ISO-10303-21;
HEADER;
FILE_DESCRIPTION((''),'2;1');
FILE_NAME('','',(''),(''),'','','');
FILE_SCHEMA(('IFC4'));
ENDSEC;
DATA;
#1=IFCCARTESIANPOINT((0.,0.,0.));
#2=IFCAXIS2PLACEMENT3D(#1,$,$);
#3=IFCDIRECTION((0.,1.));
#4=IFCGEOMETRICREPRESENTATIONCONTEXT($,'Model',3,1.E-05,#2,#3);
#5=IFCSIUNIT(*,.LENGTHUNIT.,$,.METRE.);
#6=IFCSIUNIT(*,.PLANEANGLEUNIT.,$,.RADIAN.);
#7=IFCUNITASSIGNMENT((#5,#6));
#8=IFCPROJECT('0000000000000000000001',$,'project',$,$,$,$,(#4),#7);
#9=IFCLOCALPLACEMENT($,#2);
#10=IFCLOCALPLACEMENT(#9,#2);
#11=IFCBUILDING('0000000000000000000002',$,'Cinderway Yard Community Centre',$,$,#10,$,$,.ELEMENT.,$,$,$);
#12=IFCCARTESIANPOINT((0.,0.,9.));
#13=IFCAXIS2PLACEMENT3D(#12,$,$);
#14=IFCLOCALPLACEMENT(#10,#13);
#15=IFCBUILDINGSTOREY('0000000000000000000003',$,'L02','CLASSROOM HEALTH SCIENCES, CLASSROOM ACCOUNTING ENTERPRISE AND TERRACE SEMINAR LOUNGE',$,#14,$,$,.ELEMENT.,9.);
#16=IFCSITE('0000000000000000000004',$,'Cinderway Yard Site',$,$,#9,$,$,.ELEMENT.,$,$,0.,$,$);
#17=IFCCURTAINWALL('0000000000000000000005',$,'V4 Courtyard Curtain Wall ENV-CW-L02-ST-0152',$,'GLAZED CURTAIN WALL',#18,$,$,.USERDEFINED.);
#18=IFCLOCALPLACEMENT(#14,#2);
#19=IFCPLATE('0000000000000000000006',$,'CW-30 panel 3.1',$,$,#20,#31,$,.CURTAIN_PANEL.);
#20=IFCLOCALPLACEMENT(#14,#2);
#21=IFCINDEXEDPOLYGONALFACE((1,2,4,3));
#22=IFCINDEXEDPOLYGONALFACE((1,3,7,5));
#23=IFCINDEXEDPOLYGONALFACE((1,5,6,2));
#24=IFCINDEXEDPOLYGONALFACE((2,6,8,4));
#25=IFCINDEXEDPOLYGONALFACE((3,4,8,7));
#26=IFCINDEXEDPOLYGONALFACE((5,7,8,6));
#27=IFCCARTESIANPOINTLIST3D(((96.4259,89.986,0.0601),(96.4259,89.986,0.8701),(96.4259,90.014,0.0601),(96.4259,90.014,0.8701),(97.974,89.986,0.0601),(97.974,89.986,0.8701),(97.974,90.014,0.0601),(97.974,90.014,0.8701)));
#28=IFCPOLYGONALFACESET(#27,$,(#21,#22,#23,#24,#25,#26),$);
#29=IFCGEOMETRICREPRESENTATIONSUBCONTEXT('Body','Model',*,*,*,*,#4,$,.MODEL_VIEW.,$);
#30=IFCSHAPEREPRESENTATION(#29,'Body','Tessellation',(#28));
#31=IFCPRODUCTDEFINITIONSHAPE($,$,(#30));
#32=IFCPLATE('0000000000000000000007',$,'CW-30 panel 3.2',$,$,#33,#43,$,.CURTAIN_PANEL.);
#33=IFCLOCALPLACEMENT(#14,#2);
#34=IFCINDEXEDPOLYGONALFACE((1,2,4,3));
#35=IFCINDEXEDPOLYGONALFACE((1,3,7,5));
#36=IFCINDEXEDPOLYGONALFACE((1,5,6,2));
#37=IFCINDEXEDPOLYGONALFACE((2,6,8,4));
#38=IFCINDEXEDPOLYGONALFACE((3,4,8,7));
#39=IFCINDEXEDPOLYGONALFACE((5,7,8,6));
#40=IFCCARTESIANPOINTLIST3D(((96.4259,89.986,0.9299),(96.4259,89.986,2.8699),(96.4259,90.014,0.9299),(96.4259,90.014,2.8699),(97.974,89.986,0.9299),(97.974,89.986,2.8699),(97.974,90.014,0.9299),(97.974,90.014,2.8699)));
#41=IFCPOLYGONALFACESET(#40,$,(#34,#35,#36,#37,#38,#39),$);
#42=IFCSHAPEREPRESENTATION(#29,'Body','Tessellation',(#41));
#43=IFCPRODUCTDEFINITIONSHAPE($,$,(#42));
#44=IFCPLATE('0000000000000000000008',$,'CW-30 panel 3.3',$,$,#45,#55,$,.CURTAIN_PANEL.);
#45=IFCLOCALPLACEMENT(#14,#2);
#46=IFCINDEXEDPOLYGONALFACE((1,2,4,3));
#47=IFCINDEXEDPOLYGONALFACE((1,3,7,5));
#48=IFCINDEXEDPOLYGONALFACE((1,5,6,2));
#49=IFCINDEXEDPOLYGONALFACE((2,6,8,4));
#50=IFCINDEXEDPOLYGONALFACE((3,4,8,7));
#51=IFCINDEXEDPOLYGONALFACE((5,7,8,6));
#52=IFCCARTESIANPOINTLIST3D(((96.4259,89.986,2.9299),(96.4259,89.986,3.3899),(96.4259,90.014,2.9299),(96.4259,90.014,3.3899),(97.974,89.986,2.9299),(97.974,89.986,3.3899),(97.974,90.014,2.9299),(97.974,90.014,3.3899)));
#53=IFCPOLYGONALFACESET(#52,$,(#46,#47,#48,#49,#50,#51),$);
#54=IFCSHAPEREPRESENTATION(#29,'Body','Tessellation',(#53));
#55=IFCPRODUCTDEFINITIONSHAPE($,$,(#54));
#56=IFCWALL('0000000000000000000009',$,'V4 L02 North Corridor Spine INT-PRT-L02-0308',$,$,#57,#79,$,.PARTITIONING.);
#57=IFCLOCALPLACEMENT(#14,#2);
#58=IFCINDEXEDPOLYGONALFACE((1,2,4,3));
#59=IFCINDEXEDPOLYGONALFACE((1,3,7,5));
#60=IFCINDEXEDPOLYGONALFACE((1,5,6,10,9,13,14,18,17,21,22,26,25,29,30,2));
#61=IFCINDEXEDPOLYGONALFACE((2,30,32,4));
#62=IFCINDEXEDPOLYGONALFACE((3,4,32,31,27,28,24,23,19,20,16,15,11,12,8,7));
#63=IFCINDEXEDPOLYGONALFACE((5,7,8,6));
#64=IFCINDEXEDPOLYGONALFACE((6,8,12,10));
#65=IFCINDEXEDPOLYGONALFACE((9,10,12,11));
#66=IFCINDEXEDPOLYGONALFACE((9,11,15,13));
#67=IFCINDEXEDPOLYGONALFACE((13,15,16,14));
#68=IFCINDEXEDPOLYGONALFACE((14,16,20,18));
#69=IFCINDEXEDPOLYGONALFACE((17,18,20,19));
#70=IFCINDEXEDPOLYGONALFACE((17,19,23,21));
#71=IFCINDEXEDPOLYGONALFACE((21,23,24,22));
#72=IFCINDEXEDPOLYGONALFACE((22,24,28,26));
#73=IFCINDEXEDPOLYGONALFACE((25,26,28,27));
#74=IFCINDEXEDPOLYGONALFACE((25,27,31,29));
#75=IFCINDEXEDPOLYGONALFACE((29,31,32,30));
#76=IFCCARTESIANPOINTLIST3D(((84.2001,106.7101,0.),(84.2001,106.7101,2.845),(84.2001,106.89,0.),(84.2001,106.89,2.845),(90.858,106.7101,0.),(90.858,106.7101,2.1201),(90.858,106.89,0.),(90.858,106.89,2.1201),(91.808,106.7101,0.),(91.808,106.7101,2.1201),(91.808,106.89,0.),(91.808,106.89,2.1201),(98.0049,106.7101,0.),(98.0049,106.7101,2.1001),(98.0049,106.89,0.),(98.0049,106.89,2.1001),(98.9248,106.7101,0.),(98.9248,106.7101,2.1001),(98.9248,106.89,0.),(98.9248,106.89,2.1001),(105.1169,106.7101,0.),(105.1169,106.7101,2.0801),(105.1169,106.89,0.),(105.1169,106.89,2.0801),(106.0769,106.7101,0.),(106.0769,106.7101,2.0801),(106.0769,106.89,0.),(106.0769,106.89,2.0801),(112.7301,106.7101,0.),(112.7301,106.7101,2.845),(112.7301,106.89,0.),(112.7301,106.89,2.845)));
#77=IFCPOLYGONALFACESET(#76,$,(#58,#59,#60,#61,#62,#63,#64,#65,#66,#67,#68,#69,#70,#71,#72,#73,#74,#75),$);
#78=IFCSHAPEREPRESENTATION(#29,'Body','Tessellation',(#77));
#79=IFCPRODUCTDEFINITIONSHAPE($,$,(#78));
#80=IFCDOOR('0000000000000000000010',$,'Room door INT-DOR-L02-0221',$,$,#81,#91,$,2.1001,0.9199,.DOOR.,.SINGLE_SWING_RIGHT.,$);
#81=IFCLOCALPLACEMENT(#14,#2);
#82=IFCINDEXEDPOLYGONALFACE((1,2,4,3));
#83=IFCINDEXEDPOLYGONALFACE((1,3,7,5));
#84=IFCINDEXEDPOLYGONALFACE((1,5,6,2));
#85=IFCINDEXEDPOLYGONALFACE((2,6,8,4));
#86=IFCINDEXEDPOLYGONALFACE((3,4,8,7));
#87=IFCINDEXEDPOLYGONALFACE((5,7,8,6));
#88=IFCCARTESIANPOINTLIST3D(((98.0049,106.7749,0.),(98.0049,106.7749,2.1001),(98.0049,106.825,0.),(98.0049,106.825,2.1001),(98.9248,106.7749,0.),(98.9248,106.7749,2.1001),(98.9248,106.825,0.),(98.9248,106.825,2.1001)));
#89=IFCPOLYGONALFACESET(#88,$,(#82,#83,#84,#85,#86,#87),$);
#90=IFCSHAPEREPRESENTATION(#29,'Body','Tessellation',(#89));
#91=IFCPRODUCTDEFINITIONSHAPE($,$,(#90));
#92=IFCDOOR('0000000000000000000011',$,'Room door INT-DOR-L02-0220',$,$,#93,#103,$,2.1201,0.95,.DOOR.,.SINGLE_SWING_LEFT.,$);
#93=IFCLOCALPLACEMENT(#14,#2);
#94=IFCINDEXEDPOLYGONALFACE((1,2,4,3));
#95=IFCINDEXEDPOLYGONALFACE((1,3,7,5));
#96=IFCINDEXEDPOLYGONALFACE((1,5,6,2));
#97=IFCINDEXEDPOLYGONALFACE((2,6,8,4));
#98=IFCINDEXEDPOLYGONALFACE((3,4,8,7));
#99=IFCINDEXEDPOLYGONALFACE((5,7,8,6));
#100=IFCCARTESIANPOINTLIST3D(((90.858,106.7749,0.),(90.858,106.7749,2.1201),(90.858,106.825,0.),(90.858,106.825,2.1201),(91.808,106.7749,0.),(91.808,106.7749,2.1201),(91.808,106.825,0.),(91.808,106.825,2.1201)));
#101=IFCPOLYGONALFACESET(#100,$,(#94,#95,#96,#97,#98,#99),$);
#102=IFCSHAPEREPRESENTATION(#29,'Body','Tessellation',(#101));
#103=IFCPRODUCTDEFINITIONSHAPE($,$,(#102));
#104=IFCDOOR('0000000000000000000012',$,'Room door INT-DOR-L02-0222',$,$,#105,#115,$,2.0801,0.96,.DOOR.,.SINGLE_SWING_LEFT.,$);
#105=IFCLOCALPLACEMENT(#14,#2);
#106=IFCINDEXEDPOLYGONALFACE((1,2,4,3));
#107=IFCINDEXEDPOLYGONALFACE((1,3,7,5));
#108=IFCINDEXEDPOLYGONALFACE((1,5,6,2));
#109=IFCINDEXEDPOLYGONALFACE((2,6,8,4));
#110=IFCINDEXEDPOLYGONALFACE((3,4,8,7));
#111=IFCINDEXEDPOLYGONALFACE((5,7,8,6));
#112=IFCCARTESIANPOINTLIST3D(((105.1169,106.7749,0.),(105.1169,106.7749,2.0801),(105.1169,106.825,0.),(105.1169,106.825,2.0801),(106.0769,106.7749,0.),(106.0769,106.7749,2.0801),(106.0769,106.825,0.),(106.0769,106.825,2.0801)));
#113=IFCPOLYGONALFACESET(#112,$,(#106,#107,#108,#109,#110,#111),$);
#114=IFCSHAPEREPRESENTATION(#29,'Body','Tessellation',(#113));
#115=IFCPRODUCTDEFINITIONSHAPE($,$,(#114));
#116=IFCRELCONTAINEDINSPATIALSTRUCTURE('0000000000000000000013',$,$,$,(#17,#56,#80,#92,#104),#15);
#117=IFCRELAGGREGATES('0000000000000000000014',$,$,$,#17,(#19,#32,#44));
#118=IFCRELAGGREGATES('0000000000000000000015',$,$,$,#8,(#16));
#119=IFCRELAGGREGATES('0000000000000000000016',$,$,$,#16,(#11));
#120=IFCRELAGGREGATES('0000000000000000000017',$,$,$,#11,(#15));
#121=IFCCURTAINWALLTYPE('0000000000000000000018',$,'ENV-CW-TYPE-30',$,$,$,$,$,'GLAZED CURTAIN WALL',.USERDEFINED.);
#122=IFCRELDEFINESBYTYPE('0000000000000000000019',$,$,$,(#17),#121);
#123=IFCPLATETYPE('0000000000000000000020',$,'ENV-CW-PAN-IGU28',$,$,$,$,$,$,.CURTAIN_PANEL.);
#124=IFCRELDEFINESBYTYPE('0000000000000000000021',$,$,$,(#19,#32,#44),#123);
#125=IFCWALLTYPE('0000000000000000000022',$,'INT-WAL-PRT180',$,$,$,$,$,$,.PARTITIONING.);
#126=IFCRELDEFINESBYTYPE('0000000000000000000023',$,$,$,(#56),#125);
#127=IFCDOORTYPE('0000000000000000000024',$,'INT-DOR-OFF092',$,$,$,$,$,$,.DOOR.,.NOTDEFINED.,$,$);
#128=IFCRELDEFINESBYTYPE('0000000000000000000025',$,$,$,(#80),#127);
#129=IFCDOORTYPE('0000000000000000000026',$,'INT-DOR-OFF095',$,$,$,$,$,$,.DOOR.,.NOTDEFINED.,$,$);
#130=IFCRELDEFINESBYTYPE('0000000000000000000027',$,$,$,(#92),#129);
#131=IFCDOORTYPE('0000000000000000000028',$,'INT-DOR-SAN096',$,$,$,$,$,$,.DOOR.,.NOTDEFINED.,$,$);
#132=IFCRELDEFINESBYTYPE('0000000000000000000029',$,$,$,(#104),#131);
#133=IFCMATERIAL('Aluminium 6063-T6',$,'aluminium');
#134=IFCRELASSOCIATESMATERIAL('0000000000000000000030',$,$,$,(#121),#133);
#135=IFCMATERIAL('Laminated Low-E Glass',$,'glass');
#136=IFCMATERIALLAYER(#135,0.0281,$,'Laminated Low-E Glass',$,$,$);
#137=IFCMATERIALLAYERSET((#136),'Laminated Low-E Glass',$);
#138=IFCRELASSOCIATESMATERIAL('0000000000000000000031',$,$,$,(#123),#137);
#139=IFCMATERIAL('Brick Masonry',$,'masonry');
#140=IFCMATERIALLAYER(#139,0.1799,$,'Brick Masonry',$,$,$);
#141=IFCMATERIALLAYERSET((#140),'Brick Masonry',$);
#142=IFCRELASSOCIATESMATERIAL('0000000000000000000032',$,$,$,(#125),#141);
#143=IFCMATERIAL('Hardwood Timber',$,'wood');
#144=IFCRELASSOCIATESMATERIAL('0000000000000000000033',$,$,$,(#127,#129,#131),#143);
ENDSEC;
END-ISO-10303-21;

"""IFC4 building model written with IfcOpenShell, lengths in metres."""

from ifc_helpers import new_model, si_unit, direction, frame, frame_2d, origin, origin_2d, place, context, subcontext, project, spatial, rectangle, extrude, material, layer, layer_set, type_object, element, fill, aggregate, save


model = new_model("IFC4")

# Units and contexts
model_context = context("Model", 3, precision=1e-05, world=origin(), true_north=direction((0.0, 1.0)))
body_context = subcontext(model_context, "Body", "Model", "MODEL_VIEW")
ifc_project = project(units=[si_unit("LENGTHUNIT", "METRE"), si_unit("PLANEANGLEUNIT", "RADIAN")], contexts=[model_context])

# Site, building, storey
site_placement = place(None, origin())
site = spatial("IfcSite", under=ifc_project, at=site_placement, Name="Cinderway Yard Site", CompositionType="ELEMENT", RefElevation=0.0)
building_placement = place(site_placement, origin())
building = spatial("IfcBuilding", under=site, at=building_placement, Name="Cinderway Yard Community Centre", CompositionType="ELEMENT")
storey_placement = place(building_placement, frame((0.0, 0.0, 9.0)))
storey = spatial("IfcBuildingStorey", under=building, at=storey_placement, Name="L02", Description="CLASSROOM HEALTH SCIENCES, CLASSROOM ACCOUNTING ENTERPRISE AND TERRACE SEMINAR LOUNGE", CompositionType="ELEMENT", Elevation=9.0)

# Curtain wall
ifc_material_1 = material(Name="Aluminium 6063-T6", Category="aluminium")
curtain_wall_type = type_object("IfcCurtainWallType", Name="ENV-CW-TYPE-30", ElementType="GLAZED CURTAIN WALL", PredefinedType="USERDEFINED", material=ifc_material_1)
curtain_wall_placement = place(storey_placement, origin())
curtain_wall = element("IfcCurtainWall", 1, at=curtain_wall_placement, inside=storey, type_object=curtain_wall_type, Name="V4 Courtyard Curtain Wall ENV-CW-L02-ST-0152", ObjectType="GLAZED CURTAIN WALL", PredefinedType="USERDEFINED")

# Plates
ifc_material_2 = material(Name="Laminated Low-E Glass", Category="glass")
ifc_layer_1 = layer(ifc_material_2, 0.0281, Name="Laminated Low-E Glass")
ifc_layer_set_1 = layer_set([ifc_layer_1], Name="Laminated Low-E Glass")
plate_type = type_object("IfcPlateType", Name="ENV-CW-PAN-IGU28", PredefinedType="CURTAIN_PANEL", material=ifc_layer_set_1)
plate_1_placement = place(storey_placement, frame((97.2, 90.0, 0.0601), z_axis=(0.0, 0.0, 1.0), x_axis=(1.0, 0.0, 0.0)))
plate_1 = element("IfcPlate", 2, at=plate_1_placement, type_object=plate_type, Name="CW-30 panel 3.1", PredefinedType="CURTAIN_PANEL", context=body_context, shape_type="SweptSolid", body=[
    extrude(rectangle(XDim=1.5481, YDim=0.0281, at=origin_2d()), origin(), (0.0, 0.0, 1.0), 0.8101),
])
plate_2_placement = place(storey_placement, frame((97.2, 90.0, 0.9299), z_axis=(0.0, 0.0, 1.0), x_axis=(1.0, 0.0, 0.0)))
plate_2 = element("IfcPlate", 3, at=plate_2_placement, type_object=plate_type, Name="CW-30 panel 3.2", PredefinedType="CURTAIN_PANEL", context=body_context, shape_type="SweptSolid", body=[
    extrude(rectangle(XDim=1.5481, YDim=0.0281, at=origin_2d()), origin(), (0.0, 0.0, 1.0), 1.9399),
])
plate_3_placement = place(storey_placement, frame((97.2, 90.0, 2.9299), z_axis=(0.0, 0.0, 1.0), x_axis=(1.0, 0.0, 0.0)))
plate_3 = element("IfcPlate", 4, at=plate_3_placement, type_object=plate_type, Name="CW-30 panel 3.3", PredefinedType="CURTAIN_PANEL", context=body_context, shape_type="SweptSolid", body=[
    extrude(rectangle(XDim=1.5481, YDim=0.0281, at=origin_2d()), origin(), (0.0, 0.0, 1.0), 0.46),
])
aggregate(curtain_wall, [plate_1, plate_2, plate_3])

# Wall, openings, doors
ifc_material_3 = material(Name="Brick Masonry", Category="masonry")
ifc_layer_2 = layer(ifc_material_3, 0.1799, Name="Brick Masonry")
ifc_layer_set_2 = layer_set([ifc_layer_2], Name="Brick Masonry")
wall_type = type_object("IfcWallType", Name="INT-WAL-PRT180", PredefinedType="PARTITIONING", material=ifc_layer_set_2)
wall_placement = place(storey_placement, frame((84.2, 106.8, 0.0), z_axis=(0.0, 0.0, 1.0), x_axis=(1.0, 0.0, 0.0)))
wall = element("IfcWall", 5, at=wall_placement, inside=storey, type_object=wall_type, Name="V4 L02 North Corridor Spine INT-PRT-L02-0308", PredefinedType="PARTITIONING", context=body_context, shape_type="SweptSolid", body=[
    extrude(rectangle(XDim=28.53, YDim=0.1799, at=frame_2d((14.2651, 0.0))), origin(), (0.0, 0.0, 1.0), 2.845),
])
opening_1_placement = place(wall_placement, frame((6.658, 0.0, 0.0)))
opening_1 = element("IfcOpeningElement", 6, at=opening_1_placement, cuts=wall, PredefinedType="OPENING", context=body_context, shape_type="SweptSolid", body=[
    extrude(rectangle(XDim=0.95, YDim=2.1201, at=frame_2d((0.4751, 1.0601))), frame((0.0, 0.0999, 0.0), z_axis=(0.0, -1.0, 0.0), x_axis=(1.0, 0.0, 0.0)), (0.0, 0.0, 1.0), 0.2),
])
opening_2_placement = place(wall_placement, frame((13.8049, 0.0, 0.0)))
opening_2 = element("IfcOpeningElement", 7, at=opening_2_placement, cuts=wall, PredefinedType="OPENING", context=body_context, shape_type="SweptSolid", body=[
    extrude(rectangle(XDim=0.9199, YDim=2.1001, at=frame_2d((0.46, 1.05))), frame((0.0, 0.0999, 0.0), z_axis=(0.0, -1.0, 0.0), x_axis=(1.0, 0.0, 0.0)), (0.0, 0.0, 1.0), 0.2),
])
opening_3_placement = place(wall_placement, frame((20.917, 0.0, 0.0)))
opening_3 = element("IfcOpeningElement", 8, at=opening_3_placement, cuts=wall, PredefinedType="OPENING", context=body_context, shape_type="SweptSolid", body=[
    extrude(rectangle(XDim=0.96, YDim=2.0801, at=frame_2d((0.48, 1.04))), frame((0.0, 0.0999, 0.0), z_axis=(0.0, -1.0, 0.0), x_axis=(1.0, 0.0, 0.0)), (0.0, 0.0, 1.0), 0.2),
])
ifc_material_4 = material(Name="Hardwood Timber", Category="wood")
door_type_1 = type_object("IfcDoorType", Name="INT-DOR-OFF092", OperationType="NOTDEFINED", PredefinedType="DOOR", material=ifc_material_4)
door_1_placement = place(opening_2_placement, origin())
door_1 = element("IfcDoor", 9, at=door_1_placement, inside=storey, type_object=door_type_1, Name="Room door INT-DOR-L02-0221", OperationType="SINGLE_SWING_RIGHT", OverallHeight=2.1001, OverallWidth=0.9199, PredefinedType="DOOR", context=body_context, shape_type="SweptSolid", body=[
    extrude(rectangle(XDim=0.9199, YDim=2.1001, at=frame_2d((0.46, 1.05))), frame((0.0, 0.0249, 0.0), z_axis=(0.0, -1.0, 0.0), x_axis=(1.0, 0.0, 0.0)), (0.0, 0.0, 1.0), 0.05),
])
fill(opening_2, door_1)
door_type_2 = type_object("IfcDoorType", Name="INT-DOR-OFF095", OperationType="NOTDEFINED", PredefinedType="DOOR", material=ifc_material_4)
door_2_placement = place(opening_1_placement, origin())
door_2 = element("IfcDoor", 10, at=door_2_placement, inside=storey, type_object=door_type_2, Name="Room door INT-DOR-L02-0220", OperationType="SINGLE_SWING_LEFT", OverallHeight=2.1201, OverallWidth=0.95, PredefinedType="DOOR", context=body_context, shape_type="SweptSolid", body=[
    extrude(rectangle(XDim=0.95, YDim=2.1201, at=frame_2d((0.4751, 1.0601))), frame((0.0, 0.0249, 0.0), z_axis=(0.0, -1.0, 0.0), x_axis=(1.0, 0.0, 0.0)), (0.0, 0.0, 1.0), 0.05),
])
fill(opening_1, door_2)
door_type_3 = type_object("IfcDoorType", Name="INT-DOR-SAN096", OperationType="NOTDEFINED", PredefinedType="DOOR", material=ifc_material_4)
door_3_placement = place(opening_3_placement, origin())
door_3 = element("IfcDoor", 11, at=door_3_placement, inside=storey, type_object=door_type_3, Name="Room door INT-DOR-L02-0222", OperationType="SINGLE_SWING_LEFT", OverallHeight=2.0801, OverallWidth=0.96, PredefinedType="DOOR", context=body_context, shape_type="SweptSolid", body=[
    extrude(rectangle(XDim=0.96, YDim=2.0801, at=frame_2d((0.48, 1.04))), frame((0.0, 0.0249, 0.0), z_axis=(0.0, -1.0, 0.0), x_axis=(1.0, 0.0, 0.0)), (0.0, 0.0, 1.0), 0.05),
])
fill(opening_3, door_3)

save(model, "model.ifc")
